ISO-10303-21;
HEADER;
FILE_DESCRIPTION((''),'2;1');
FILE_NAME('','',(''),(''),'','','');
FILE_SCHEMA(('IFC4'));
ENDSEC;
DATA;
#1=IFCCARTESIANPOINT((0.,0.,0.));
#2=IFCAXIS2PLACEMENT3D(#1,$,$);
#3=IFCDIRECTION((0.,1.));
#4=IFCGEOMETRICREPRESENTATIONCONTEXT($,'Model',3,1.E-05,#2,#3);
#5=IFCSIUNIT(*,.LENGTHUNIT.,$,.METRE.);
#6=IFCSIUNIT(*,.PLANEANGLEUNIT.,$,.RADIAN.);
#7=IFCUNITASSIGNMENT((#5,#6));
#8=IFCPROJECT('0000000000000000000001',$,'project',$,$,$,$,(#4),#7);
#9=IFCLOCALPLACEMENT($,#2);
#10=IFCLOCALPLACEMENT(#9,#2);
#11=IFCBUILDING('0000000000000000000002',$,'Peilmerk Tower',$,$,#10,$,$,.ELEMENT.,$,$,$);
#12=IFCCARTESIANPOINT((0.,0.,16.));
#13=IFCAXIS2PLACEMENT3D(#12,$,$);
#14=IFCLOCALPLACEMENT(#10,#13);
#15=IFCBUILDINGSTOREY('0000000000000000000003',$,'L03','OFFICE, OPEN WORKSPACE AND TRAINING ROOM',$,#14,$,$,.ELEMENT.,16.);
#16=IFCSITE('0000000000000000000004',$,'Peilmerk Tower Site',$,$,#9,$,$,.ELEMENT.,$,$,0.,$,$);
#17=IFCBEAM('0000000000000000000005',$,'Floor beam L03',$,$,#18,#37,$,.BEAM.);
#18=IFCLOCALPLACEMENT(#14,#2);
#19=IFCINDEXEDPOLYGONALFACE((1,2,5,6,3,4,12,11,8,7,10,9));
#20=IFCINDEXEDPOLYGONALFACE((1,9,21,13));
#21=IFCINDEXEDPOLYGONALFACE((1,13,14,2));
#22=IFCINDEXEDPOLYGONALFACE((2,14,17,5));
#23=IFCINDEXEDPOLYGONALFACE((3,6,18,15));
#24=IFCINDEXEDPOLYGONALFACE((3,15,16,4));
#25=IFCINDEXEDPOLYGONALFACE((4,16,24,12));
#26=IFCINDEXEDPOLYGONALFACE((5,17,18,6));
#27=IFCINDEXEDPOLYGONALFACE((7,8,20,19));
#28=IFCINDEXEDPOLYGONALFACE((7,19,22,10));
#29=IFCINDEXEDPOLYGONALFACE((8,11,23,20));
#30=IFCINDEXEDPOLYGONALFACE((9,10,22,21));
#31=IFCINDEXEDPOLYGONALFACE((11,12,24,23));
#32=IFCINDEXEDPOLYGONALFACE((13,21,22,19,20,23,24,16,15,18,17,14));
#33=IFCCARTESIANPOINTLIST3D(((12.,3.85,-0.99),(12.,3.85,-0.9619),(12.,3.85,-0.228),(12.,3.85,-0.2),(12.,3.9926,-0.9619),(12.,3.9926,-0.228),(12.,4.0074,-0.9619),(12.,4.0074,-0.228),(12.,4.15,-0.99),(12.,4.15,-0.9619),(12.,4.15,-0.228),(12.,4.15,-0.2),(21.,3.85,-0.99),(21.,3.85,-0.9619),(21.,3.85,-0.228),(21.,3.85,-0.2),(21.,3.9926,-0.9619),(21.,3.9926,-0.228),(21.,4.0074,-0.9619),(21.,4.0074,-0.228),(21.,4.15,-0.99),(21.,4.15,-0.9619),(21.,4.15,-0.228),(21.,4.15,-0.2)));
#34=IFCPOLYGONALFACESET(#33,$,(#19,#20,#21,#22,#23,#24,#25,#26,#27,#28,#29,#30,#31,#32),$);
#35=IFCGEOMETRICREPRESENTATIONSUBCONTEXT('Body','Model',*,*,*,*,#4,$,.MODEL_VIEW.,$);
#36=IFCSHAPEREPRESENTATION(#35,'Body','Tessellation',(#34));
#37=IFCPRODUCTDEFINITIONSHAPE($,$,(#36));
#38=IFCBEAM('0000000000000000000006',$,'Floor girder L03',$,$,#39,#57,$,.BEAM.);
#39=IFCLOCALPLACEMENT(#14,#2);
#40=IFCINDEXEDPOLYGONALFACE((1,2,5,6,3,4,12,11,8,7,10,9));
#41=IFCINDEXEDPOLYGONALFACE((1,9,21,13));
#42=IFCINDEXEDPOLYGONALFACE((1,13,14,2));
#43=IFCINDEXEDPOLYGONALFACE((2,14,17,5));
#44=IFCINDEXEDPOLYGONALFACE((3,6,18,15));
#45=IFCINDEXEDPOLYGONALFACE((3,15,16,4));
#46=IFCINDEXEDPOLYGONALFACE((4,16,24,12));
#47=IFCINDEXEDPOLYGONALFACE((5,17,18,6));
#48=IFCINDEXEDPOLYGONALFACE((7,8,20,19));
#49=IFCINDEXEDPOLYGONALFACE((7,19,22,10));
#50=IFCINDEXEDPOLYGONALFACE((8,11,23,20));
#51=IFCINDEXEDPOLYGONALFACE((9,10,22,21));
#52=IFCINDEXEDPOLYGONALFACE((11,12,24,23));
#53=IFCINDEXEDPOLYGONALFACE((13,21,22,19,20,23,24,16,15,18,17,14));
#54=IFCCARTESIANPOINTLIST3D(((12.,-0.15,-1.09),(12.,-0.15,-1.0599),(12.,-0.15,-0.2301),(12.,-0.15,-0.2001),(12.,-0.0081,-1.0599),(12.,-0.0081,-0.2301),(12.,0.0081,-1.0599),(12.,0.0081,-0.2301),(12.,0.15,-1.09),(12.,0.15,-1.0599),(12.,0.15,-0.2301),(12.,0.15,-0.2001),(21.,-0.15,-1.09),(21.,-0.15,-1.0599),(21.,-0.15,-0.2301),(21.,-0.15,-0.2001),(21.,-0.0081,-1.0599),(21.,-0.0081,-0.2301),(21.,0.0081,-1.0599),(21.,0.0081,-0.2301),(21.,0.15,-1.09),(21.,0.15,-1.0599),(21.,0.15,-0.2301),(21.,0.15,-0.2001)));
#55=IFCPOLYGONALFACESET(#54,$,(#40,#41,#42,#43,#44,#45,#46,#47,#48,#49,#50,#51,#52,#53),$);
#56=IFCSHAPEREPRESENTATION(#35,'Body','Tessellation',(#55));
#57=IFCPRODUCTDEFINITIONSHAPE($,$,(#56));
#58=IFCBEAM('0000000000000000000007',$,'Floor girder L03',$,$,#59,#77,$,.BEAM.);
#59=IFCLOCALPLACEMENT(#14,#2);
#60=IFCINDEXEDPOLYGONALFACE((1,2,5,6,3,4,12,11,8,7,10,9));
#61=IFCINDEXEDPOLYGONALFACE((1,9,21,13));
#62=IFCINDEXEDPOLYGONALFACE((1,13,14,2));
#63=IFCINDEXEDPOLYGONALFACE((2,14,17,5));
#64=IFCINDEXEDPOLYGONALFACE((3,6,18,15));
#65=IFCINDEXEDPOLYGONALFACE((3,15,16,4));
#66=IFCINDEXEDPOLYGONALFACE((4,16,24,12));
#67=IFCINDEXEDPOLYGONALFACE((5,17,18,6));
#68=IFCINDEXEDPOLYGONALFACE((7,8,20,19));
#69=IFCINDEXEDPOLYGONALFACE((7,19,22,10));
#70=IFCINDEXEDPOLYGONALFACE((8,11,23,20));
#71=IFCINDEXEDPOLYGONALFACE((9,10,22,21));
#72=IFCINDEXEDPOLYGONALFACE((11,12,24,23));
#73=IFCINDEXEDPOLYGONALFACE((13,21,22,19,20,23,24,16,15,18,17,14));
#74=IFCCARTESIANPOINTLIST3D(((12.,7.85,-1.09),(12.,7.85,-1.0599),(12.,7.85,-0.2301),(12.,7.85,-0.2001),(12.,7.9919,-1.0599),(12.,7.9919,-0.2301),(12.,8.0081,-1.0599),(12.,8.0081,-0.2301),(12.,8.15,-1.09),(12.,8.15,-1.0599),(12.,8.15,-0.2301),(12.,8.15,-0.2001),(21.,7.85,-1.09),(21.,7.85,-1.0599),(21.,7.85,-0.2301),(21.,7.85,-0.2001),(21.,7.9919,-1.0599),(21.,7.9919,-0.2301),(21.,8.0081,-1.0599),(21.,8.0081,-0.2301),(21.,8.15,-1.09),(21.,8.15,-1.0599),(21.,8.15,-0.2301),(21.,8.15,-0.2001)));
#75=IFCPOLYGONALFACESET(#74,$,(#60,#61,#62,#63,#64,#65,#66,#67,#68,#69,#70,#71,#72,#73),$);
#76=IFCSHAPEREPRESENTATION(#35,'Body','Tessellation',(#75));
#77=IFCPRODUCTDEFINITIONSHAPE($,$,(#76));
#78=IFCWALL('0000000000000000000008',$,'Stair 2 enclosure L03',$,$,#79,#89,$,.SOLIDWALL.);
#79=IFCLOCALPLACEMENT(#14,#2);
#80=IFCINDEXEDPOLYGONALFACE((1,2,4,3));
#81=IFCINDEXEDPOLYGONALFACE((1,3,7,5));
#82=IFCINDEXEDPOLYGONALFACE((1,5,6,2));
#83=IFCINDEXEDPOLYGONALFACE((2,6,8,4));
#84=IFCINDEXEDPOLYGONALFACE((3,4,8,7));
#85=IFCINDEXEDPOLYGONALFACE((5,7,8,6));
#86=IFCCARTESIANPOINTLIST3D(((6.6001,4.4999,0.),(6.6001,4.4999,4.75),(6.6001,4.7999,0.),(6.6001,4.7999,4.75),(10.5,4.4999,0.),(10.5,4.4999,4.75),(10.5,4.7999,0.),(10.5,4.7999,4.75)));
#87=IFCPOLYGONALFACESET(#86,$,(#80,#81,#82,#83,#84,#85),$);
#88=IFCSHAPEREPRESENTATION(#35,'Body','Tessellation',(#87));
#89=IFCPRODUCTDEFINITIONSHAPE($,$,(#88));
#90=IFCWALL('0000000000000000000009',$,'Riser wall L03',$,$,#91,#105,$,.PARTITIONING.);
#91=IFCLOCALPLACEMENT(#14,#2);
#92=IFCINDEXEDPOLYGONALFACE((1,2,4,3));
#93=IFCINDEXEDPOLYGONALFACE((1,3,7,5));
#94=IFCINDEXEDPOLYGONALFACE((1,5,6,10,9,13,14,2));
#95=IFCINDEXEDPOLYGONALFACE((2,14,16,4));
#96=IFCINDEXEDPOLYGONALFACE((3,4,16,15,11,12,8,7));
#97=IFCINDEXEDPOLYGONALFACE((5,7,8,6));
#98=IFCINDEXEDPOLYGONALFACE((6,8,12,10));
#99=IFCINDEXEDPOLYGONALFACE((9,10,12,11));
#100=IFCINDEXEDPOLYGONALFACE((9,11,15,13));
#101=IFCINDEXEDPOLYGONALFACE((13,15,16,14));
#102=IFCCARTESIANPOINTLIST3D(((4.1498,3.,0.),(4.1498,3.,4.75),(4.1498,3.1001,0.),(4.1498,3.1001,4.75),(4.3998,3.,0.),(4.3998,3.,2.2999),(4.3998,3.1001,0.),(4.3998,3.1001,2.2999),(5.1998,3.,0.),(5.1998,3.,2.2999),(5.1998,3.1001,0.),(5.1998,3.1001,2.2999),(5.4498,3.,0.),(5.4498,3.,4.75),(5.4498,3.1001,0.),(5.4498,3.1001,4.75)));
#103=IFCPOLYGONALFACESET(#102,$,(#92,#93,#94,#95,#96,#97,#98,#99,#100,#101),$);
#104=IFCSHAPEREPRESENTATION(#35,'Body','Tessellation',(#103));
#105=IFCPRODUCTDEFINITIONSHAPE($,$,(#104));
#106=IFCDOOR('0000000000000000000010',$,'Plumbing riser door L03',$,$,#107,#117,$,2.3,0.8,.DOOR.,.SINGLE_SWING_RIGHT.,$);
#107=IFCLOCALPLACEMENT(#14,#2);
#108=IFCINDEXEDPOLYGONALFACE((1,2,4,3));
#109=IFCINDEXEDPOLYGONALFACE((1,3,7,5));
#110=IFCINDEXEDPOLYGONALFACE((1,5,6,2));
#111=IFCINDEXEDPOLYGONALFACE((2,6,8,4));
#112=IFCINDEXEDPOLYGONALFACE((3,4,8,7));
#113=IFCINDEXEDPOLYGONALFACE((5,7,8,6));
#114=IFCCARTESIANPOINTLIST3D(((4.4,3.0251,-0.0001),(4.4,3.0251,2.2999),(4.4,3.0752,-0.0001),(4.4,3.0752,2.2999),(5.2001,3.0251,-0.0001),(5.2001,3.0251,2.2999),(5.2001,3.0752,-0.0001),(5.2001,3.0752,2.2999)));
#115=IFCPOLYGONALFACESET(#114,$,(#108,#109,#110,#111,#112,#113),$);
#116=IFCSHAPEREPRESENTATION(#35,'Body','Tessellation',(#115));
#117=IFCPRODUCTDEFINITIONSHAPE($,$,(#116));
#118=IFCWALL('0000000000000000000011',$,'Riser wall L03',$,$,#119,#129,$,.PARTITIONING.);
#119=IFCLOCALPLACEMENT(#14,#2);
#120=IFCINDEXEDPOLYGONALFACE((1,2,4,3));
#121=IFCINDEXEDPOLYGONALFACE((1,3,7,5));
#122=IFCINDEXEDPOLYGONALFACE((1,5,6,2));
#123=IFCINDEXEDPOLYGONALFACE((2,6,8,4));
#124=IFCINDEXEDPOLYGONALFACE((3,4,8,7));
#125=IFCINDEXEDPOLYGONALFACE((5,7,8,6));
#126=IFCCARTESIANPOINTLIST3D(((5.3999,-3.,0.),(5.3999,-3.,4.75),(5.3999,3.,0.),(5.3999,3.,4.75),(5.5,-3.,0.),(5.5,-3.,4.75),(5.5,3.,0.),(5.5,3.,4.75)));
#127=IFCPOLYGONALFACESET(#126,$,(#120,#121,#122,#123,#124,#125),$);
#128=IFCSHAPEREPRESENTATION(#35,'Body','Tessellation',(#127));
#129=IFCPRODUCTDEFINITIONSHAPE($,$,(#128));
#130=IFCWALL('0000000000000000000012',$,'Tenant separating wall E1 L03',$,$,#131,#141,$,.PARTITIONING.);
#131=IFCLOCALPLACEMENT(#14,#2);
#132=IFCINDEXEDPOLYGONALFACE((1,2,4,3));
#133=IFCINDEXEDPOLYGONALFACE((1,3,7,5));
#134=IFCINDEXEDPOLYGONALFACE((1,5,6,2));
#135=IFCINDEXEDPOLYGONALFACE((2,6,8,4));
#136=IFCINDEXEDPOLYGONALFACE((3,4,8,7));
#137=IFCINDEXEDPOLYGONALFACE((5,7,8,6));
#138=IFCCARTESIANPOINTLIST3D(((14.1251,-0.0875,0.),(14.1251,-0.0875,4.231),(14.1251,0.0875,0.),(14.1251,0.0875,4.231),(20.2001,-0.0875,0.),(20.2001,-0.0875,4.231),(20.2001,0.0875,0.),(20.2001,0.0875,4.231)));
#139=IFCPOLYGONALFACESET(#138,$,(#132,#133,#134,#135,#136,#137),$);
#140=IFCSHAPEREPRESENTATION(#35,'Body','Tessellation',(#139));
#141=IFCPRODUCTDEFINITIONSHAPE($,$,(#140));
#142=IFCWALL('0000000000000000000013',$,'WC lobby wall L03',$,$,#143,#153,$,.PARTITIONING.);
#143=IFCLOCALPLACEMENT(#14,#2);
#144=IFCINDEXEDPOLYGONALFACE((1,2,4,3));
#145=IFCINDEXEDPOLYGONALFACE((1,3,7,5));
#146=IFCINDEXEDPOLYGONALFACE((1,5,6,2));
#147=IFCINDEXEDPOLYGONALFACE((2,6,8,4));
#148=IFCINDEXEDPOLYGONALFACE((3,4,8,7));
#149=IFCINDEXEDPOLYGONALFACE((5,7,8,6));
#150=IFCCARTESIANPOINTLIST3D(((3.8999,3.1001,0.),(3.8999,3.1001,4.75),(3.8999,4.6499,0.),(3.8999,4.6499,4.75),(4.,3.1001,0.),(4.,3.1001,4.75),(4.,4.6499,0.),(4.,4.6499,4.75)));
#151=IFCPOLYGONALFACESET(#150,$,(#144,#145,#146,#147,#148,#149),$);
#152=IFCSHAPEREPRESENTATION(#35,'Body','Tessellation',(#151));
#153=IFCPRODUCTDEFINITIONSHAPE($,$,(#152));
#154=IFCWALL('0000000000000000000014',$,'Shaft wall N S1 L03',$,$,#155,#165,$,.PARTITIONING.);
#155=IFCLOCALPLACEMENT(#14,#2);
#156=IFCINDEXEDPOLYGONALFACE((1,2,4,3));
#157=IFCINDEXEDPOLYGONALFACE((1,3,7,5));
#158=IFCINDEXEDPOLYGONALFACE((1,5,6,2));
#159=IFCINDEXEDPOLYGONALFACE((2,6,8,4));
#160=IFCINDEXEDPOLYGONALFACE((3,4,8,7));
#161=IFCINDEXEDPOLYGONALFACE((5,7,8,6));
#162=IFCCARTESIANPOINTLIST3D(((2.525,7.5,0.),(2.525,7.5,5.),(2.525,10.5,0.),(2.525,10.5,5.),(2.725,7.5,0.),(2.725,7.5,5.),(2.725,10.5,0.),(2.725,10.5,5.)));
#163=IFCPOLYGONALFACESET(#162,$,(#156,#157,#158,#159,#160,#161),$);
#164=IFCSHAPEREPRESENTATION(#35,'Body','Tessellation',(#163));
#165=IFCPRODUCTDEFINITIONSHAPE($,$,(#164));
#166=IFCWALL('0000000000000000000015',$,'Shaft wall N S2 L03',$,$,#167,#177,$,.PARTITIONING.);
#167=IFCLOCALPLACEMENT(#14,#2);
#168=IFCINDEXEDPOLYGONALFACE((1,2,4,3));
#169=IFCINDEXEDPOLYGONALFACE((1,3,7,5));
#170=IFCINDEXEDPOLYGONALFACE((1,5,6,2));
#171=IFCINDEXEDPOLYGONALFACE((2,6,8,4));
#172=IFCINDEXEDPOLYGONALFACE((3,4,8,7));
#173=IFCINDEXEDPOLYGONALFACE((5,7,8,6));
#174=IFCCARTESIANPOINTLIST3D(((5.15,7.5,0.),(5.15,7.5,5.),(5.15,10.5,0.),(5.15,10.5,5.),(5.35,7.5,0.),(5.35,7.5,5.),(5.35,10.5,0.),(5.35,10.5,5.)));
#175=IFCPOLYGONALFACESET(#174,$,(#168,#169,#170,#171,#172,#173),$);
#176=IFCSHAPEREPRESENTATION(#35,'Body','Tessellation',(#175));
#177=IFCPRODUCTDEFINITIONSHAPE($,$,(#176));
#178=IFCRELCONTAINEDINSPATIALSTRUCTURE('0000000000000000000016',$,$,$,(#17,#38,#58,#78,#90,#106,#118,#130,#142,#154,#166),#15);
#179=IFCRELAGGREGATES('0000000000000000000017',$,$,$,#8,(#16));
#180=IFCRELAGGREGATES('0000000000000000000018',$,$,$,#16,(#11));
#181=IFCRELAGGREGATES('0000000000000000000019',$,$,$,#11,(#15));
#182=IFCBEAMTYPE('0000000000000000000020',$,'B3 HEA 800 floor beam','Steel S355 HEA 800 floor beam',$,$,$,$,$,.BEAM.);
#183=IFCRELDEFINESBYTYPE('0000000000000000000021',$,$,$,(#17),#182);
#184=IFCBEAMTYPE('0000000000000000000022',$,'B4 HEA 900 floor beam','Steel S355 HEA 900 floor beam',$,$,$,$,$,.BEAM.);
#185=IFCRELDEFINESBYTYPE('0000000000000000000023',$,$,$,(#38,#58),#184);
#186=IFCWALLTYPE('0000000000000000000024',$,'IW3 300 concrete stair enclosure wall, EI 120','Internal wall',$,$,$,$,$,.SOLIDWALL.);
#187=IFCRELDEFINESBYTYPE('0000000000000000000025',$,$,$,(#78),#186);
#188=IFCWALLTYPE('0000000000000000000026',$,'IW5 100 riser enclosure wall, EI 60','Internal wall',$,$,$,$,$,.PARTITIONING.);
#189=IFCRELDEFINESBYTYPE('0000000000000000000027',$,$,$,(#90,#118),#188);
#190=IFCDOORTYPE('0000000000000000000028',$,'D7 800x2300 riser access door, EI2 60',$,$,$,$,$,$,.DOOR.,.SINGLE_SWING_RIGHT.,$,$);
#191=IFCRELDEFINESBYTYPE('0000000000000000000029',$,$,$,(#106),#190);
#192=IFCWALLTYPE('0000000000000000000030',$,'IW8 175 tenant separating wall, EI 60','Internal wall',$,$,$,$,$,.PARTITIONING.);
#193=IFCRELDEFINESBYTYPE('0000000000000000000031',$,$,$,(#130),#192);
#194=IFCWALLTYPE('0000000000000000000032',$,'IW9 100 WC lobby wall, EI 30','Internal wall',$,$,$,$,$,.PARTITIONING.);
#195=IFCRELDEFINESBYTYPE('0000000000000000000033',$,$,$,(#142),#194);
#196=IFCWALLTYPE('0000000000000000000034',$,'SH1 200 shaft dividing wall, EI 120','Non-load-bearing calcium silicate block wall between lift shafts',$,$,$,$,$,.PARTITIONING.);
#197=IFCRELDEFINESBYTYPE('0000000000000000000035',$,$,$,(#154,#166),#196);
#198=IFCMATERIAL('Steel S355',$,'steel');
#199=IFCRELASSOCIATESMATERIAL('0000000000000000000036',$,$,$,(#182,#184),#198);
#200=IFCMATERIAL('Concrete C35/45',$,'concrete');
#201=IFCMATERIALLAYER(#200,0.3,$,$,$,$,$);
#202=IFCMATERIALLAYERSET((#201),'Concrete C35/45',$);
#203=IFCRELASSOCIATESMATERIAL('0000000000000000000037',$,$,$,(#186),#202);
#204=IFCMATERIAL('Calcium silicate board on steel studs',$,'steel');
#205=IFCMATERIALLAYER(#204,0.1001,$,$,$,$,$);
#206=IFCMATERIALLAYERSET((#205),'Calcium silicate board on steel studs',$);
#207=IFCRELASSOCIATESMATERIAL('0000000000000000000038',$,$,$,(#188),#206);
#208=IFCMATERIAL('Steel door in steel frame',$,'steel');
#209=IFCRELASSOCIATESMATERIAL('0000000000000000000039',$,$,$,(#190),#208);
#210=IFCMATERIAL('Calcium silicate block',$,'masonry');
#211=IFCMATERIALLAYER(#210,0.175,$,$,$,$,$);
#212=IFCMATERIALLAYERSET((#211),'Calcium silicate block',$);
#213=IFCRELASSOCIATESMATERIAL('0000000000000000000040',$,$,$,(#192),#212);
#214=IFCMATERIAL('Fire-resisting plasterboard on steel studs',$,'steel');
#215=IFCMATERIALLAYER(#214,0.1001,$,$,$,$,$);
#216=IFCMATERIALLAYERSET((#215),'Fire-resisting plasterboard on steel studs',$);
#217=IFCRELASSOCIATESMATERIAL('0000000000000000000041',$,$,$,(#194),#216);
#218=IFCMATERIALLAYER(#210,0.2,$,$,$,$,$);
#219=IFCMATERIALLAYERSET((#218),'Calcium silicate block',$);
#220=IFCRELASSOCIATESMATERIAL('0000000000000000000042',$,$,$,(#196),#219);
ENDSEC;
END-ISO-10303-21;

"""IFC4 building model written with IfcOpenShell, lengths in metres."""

from ifc_helpers import new_model, si_unit, direction, frame, frame_2d, origin, origin_2d, place, context, subcontext, project, spatial, rectangle, i_section, extrude, material, layer, layer_set, material_profile, profile_set, type_object, element, fill, save


model = new_model("IFC4")

# Units and contexts
model_context = context("Model", 3, precision=1e-05, world=origin(), true_north=direction((0.0, 1.0)))
body_context = subcontext(model_context, "Body", "Model", "MODEL_VIEW")
ifc_project = project(units=[si_unit("LENGTHUNIT", "METRE"), si_unit("PLANEANGLEUNIT", "RADIAN")], contexts=[model_context])

# Site, building, storey
site_placement = place(None, origin())
site = spatial("IfcSite", under=ifc_project, at=site_placement, Name="Peilmerk Tower Site", CompositionType="ELEMENT", RefElevation=0.0)
building_placement = place(site_placement, origin())
building = spatial("IfcBuilding", under=site, at=building_placement, Name="Peilmerk Tower", CompositionType="ELEMENT")
storey_placement = place(building_placement, frame((0.0, 0.0, 16.0)))
storey = spatial("IfcBuildingStorey", under=building, at=storey_placement, Name="L03", Description="OFFICE, OPEN WORKSPACE AND TRAINING ROOM", CompositionType="ELEMENT", Elevation=16.0)

# Beams
ifc_material_1 = material(Name="Steel S355", Category="steel")
ifc_material_profile_1 = material_profile(ifc_material_1, i_section(OverallWidth=0.3, OverallDepth=0.79, WebThickness=0.0149, FlangeThickness=0.0281, at=origin_2d()), Name="HEA 800")
ifc_profile_set_1 = profile_set([ifc_material_profile_1], Name="Steel S355")
beam_type_1 = type_object("IfcBeamType", Name="B3 HEA 800 floor beam", Description="Steel S355 HEA 800 floor beam", PredefinedType="BEAM", material=ifc_profile_set_1)
beam_placement = place(storey_placement, frame((12.0, 4.0, -0.595), z_axis=(1.0, 0.0, 0.0), x_axis=(0.0, 1.0, 0.0)))
element("IfcBeam", 1, at=beam_placement, inside=storey, type_object=beam_type_1, Name="Floor beam L03", PredefinedType="BEAM", context=body_context, shape_type="SweptSolid", body=[
    extrude(i_section(OverallWidth=0.3, OverallDepth=0.79, WebThickness=0.0149, FlangeThickness=0.0281, at=origin_2d()), origin(), (0.0, 0.0, 1.0), 9.0),
])
ifc_material_profile_2 = material_profile(ifc_material_1, i_section(OverallWidth=0.3, OverallDepth=0.8899, WebThickness=0.0161, FlangeThickness=0.03, at=origin_2d()), Name="HEA 900")
ifc_profile_set_2 = profile_set([ifc_material_profile_2], Name="Steel S355")
beam_type_2 = type_object("IfcBeamType", Name="B4 HEA 900 floor beam", Description="Steel S355 HEA 900 floor beam", PredefinedType="BEAM", material=ifc_profile_set_2)
for number, where, z_axis, x_axis, name in (
    (2, (12.0, 0.0, -0.645), (1.0, 0.0, 0.0), (0.0, 1.0, 0.0), "Floor girder L03"),
    (3, (12.0, 8.0, -0.645), (1.0, 0.0, 0.0), (0.0, 1.0, 0.0), "Floor girder L03"),
):
    element("IfcBeam", number, at=place(storey_placement, frame(where, z_axis=z_axis, x_axis=x_axis)), inside=storey, type_object=beam_type_2, Name=name, PredefinedType="BEAM", context=body_context, shape_type="SweptSolid", body=[
        extrude(i_section(OverallWidth=0.3, OverallDepth=0.8899, WebThickness=0.0161, FlangeThickness=0.03, at=origin_2d()), origin(), (0.0, 0.0, 1.0), 9.0),
    ])

# Wall
ifc_material_2 = material(Name="Concrete C35/45", Category="concrete")
ifc_layer_1 = layer(ifc_material_2, 0.3)
ifc_layer_set_1 = layer_set([ifc_layer_1], Name="Concrete C35/45")
wall_type_1 = type_object("IfcWallType", Name="IW3 300 concrete stair enclosure wall, EI 120", Description="Internal wall", PredefinedType="SOLIDWALL", material=ifc_layer_set_1)
wall_1_placement = place(storey_placement, frame((6.6001, 4.6499, 0.0), z_axis=(0.0, 0.0, 1.0), x_axis=(1.0, 0.0, 0.0)))
element("IfcWall", 4, at=wall_1_placement, inside=storey, type_object=wall_type_1, Name="Stair 2 enclosure L03", PredefinedType="SOLIDWALL", context=body_context, shape_type="SweptSolid", body=[
    extrude(rectangle(XDim=3.8999, YDim=0.3, at=frame_2d((1.95, 0.0))), origin(), (0.0, 0.0, 1.0), 4.75),
])

# Wall, opening, door
ifc_material_3 = material(Name="Calcium silicate board on steel studs", Category="steel")
ifc_layer_2 = layer(ifc_material_3, 0.1001)
ifc_layer_set_2 = layer_set([ifc_layer_2], Name="Calcium silicate board on steel studs")
wall_type_2 = type_object("IfcWallType", Name="IW5 100 riser enclosure wall, EI 60", Description="Internal wall", PredefinedType="PARTITIONING", material=ifc_layer_set_2)
wall_2_placement = place(storey_placement, frame((4.1499, 3.05, 0.0), z_axis=(0.0, 0.0, 1.0), x_axis=(1.0, 0.0, 0.0)))
wall_2 = element("IfcWall", 5, at=wall_2_placement, inside=storey, type_object=wall_type_2, Name="Riser wall L03", PredefinedType="PARTITIONING", context=body_context, shape_type="SweptSolid", body=[
    extrude(rectangle(XDim=1.3, YDim=0.1001, at=frame_2d((0.6499, 0.0))), origin(), (0.0, 0.0, 1.0), 4.75),
])
opening_1_placement = place(wall_2_placement, frame((0.25, 0.0, 0.0)))
opening_1 = element("IfcOpeningElement", 6, at=opening_1_placement, cuts=wall_2, PredefinedType="OPENING", context=body_context, shape_type="SweptSolid", body=[
    extrude(rectangle(XDim=0.8, YDim=2.3, at=frame_2d((0.3999, 1.1499))), frame((0.0, 0.0601, 0.0), z_axis=(0.0, -1.0, 0.0), x_axis=(1.0, 0.0, 0.0)), (0.0, 0.0, 1.0), 0.1201),
])
ifc_material_4 = material(Name="Steel door in steel frame", Category="steel")
door_type_1 = type_object("IfcDoorType", Name="D7 800x2300 riser access door, EI2 60", OperationType="SINGLE_SWING_RIGHT", PredefinedType="DOOR", material=ifc_material_4)
door_1_placement = place(opening_1_placement, frame((0.8, 0.0, 0.0), z_axis=(0.0, 0.0, 1.0), x_axis=(-1.0, 0.0, 0.0)))
door_1 = element("IfcDoor", 7, at=door_1_placement, inside=storey, type_object=door_type_1, Name="Plumbing riser door L03", OperationType="SINGLE_SWING_RIGHT", OverallHeight=2.3, OverallWidth=0.8, PredefinedType="DOOR", context=body_context, shape_type="SweptSolid", body=[
    extrude(rectangle(XDim=0.8, YDim=2.3, at=frame_2d((0.3999, 1.1499))), frame((0.0, 0.0249, 0.0), z_axis=(0.0, -1.0, 0.0), x_axis=(1.0, 0.0, 0.0)), (0.0, 0.0, 1.0), 0.05),
])
fill(opening_1, door_1)

# Walls
wall_3_placement = place(storey_placement, frame((5.45, 3.0, 0.0), z_axis=(0.0, 0.0, 1.0), x_axis=(0.0, -1.0, 0.0)))
element("IfcWall", 8, at=wall_3_placement, inside=storey, type_object=wall_type_2, Name="Riser wall L03", PredefinedType="PARTITIONING", context=body_context, shape_type="SweptSolid", body=[
    extrude(rectangle(XDim=6.0, YDim=0.1001, at=frame_2d((3.0, 0.0))), origin(), (0.0, 0.0, 1.0), 4.75),
])
ifc_material_5 = material(Name="Calcium silicate block", Category="masonry")
ifc_layer_3 = layer(ifc_material_5, 0.175)
ifc_layer_set_3 = layer_set([ifc_layer_3], Name="Calcium silicate block")
wall_type_3 = type_object("IfcWallType", Name="IW8 175 tenant separating wall, EI 60", Description="Internal wall", PredefinedType="PARTITIONING", material=ifc_layer_set_3)
wall_4_placement = place(storey_placement, frame((14.125, 0.0, 0.0), z_axis=(0.0, 0.0, 1.0), x_axis=(1.0, 0.0, 0.0)))
element("IfcWall", 9, at=wall_4_placement, inside=storey, type_object=wall_type_3, Name="Tenant separating wall E1 L03", PredefinedType="PARTITIONING", context=body_context, shape_type="SweptSolid", body=[
    extrude(rectangle(XDim=6.075, YDim=0.175, at=frame_2d((3.0376, 0.0))), origin(), (0.0, 0.0, 1.0), 4.231),
])
ifc_material_6 = material(Name="Fire-resisting plasterboard on steel studs", Category="steel")
ifc_layer_4 = layer(ifc_material_6, 0.1001)
ifc_layer_set_4 = layer_set([ifc_layer_4], Name="Fire-resisting plasterboard on steel studs")
wall_type_4 = type_object("IfcWallType", Name="IW9 100 WC lobby wall, EI 30", Description="Internal wall", PredefinedType="PARTITIONING", material=ifc_layer_set_4)
wall_5_placement = place(storey_placement, frame((3.95, 3.1001, 0.0), z_axis=(0.0, 0.0, 1.0), x_axis=(0.0, 1.0, 0.0)))
element("IfcWall", 10, at=wall_5_placement, inside=storey, type_object=wall_type_4, Name="WC lobby wall L03", PredefinedType="PARTITIONING", context=body_context, shape_type="SweptSolid", body=[
    extrude(rectangle(XDim=1.5498, YDim=0.1001, at=frame_2d((0.7749, 0.0))), origin(), (0.0, 0.0, 1.0), 4.75),
])
ifc_layer_5 = layer(ifc_material_5, 0.2)
ifc_layer_set_5 = layer_set([ifc_layer_5], Name="Calcium silicate block")
wall_type_5 = type_object("IfcWallType", Name="SH1 200 shaft dividing wall, EI 120", Description="Non-load-bearing calcium silicate block wall between lift shafts", PredefinedType="PARTITIONING", material=ifc_layer_set_5)
for number, where, z_axis, x_axis, name in (
    (11, (2.625, 7.5, 0.0), (0.0, 0.0, 1.0), (0.0, 1.0, 0.0), "Shaft wall N S1 L03"),
    (12, (5.25, 7.5, 0.0), (0.0, 0.0, 1.0), (0.0, 1.0, 0.0), "Shaft wall N S2 L03"),
):
    element("IfcWall", number, at=place(storey_placement, frame(where, z_axis=z_axis, x_axis=x_axis)), inside=storey, type_object=wall_type_5, Name=name, PredefinedType="PARTITIONING", context=body_context, shape_type="SweptSolid", body=[
        extrude(rectangle(XDim=3.0, YDim=0.2, at=frame_2d((1.5, 0.0))), origin(), (0.0, 0.0, 1.0), 5.0),
    ])

save(model, "model.ifc")
